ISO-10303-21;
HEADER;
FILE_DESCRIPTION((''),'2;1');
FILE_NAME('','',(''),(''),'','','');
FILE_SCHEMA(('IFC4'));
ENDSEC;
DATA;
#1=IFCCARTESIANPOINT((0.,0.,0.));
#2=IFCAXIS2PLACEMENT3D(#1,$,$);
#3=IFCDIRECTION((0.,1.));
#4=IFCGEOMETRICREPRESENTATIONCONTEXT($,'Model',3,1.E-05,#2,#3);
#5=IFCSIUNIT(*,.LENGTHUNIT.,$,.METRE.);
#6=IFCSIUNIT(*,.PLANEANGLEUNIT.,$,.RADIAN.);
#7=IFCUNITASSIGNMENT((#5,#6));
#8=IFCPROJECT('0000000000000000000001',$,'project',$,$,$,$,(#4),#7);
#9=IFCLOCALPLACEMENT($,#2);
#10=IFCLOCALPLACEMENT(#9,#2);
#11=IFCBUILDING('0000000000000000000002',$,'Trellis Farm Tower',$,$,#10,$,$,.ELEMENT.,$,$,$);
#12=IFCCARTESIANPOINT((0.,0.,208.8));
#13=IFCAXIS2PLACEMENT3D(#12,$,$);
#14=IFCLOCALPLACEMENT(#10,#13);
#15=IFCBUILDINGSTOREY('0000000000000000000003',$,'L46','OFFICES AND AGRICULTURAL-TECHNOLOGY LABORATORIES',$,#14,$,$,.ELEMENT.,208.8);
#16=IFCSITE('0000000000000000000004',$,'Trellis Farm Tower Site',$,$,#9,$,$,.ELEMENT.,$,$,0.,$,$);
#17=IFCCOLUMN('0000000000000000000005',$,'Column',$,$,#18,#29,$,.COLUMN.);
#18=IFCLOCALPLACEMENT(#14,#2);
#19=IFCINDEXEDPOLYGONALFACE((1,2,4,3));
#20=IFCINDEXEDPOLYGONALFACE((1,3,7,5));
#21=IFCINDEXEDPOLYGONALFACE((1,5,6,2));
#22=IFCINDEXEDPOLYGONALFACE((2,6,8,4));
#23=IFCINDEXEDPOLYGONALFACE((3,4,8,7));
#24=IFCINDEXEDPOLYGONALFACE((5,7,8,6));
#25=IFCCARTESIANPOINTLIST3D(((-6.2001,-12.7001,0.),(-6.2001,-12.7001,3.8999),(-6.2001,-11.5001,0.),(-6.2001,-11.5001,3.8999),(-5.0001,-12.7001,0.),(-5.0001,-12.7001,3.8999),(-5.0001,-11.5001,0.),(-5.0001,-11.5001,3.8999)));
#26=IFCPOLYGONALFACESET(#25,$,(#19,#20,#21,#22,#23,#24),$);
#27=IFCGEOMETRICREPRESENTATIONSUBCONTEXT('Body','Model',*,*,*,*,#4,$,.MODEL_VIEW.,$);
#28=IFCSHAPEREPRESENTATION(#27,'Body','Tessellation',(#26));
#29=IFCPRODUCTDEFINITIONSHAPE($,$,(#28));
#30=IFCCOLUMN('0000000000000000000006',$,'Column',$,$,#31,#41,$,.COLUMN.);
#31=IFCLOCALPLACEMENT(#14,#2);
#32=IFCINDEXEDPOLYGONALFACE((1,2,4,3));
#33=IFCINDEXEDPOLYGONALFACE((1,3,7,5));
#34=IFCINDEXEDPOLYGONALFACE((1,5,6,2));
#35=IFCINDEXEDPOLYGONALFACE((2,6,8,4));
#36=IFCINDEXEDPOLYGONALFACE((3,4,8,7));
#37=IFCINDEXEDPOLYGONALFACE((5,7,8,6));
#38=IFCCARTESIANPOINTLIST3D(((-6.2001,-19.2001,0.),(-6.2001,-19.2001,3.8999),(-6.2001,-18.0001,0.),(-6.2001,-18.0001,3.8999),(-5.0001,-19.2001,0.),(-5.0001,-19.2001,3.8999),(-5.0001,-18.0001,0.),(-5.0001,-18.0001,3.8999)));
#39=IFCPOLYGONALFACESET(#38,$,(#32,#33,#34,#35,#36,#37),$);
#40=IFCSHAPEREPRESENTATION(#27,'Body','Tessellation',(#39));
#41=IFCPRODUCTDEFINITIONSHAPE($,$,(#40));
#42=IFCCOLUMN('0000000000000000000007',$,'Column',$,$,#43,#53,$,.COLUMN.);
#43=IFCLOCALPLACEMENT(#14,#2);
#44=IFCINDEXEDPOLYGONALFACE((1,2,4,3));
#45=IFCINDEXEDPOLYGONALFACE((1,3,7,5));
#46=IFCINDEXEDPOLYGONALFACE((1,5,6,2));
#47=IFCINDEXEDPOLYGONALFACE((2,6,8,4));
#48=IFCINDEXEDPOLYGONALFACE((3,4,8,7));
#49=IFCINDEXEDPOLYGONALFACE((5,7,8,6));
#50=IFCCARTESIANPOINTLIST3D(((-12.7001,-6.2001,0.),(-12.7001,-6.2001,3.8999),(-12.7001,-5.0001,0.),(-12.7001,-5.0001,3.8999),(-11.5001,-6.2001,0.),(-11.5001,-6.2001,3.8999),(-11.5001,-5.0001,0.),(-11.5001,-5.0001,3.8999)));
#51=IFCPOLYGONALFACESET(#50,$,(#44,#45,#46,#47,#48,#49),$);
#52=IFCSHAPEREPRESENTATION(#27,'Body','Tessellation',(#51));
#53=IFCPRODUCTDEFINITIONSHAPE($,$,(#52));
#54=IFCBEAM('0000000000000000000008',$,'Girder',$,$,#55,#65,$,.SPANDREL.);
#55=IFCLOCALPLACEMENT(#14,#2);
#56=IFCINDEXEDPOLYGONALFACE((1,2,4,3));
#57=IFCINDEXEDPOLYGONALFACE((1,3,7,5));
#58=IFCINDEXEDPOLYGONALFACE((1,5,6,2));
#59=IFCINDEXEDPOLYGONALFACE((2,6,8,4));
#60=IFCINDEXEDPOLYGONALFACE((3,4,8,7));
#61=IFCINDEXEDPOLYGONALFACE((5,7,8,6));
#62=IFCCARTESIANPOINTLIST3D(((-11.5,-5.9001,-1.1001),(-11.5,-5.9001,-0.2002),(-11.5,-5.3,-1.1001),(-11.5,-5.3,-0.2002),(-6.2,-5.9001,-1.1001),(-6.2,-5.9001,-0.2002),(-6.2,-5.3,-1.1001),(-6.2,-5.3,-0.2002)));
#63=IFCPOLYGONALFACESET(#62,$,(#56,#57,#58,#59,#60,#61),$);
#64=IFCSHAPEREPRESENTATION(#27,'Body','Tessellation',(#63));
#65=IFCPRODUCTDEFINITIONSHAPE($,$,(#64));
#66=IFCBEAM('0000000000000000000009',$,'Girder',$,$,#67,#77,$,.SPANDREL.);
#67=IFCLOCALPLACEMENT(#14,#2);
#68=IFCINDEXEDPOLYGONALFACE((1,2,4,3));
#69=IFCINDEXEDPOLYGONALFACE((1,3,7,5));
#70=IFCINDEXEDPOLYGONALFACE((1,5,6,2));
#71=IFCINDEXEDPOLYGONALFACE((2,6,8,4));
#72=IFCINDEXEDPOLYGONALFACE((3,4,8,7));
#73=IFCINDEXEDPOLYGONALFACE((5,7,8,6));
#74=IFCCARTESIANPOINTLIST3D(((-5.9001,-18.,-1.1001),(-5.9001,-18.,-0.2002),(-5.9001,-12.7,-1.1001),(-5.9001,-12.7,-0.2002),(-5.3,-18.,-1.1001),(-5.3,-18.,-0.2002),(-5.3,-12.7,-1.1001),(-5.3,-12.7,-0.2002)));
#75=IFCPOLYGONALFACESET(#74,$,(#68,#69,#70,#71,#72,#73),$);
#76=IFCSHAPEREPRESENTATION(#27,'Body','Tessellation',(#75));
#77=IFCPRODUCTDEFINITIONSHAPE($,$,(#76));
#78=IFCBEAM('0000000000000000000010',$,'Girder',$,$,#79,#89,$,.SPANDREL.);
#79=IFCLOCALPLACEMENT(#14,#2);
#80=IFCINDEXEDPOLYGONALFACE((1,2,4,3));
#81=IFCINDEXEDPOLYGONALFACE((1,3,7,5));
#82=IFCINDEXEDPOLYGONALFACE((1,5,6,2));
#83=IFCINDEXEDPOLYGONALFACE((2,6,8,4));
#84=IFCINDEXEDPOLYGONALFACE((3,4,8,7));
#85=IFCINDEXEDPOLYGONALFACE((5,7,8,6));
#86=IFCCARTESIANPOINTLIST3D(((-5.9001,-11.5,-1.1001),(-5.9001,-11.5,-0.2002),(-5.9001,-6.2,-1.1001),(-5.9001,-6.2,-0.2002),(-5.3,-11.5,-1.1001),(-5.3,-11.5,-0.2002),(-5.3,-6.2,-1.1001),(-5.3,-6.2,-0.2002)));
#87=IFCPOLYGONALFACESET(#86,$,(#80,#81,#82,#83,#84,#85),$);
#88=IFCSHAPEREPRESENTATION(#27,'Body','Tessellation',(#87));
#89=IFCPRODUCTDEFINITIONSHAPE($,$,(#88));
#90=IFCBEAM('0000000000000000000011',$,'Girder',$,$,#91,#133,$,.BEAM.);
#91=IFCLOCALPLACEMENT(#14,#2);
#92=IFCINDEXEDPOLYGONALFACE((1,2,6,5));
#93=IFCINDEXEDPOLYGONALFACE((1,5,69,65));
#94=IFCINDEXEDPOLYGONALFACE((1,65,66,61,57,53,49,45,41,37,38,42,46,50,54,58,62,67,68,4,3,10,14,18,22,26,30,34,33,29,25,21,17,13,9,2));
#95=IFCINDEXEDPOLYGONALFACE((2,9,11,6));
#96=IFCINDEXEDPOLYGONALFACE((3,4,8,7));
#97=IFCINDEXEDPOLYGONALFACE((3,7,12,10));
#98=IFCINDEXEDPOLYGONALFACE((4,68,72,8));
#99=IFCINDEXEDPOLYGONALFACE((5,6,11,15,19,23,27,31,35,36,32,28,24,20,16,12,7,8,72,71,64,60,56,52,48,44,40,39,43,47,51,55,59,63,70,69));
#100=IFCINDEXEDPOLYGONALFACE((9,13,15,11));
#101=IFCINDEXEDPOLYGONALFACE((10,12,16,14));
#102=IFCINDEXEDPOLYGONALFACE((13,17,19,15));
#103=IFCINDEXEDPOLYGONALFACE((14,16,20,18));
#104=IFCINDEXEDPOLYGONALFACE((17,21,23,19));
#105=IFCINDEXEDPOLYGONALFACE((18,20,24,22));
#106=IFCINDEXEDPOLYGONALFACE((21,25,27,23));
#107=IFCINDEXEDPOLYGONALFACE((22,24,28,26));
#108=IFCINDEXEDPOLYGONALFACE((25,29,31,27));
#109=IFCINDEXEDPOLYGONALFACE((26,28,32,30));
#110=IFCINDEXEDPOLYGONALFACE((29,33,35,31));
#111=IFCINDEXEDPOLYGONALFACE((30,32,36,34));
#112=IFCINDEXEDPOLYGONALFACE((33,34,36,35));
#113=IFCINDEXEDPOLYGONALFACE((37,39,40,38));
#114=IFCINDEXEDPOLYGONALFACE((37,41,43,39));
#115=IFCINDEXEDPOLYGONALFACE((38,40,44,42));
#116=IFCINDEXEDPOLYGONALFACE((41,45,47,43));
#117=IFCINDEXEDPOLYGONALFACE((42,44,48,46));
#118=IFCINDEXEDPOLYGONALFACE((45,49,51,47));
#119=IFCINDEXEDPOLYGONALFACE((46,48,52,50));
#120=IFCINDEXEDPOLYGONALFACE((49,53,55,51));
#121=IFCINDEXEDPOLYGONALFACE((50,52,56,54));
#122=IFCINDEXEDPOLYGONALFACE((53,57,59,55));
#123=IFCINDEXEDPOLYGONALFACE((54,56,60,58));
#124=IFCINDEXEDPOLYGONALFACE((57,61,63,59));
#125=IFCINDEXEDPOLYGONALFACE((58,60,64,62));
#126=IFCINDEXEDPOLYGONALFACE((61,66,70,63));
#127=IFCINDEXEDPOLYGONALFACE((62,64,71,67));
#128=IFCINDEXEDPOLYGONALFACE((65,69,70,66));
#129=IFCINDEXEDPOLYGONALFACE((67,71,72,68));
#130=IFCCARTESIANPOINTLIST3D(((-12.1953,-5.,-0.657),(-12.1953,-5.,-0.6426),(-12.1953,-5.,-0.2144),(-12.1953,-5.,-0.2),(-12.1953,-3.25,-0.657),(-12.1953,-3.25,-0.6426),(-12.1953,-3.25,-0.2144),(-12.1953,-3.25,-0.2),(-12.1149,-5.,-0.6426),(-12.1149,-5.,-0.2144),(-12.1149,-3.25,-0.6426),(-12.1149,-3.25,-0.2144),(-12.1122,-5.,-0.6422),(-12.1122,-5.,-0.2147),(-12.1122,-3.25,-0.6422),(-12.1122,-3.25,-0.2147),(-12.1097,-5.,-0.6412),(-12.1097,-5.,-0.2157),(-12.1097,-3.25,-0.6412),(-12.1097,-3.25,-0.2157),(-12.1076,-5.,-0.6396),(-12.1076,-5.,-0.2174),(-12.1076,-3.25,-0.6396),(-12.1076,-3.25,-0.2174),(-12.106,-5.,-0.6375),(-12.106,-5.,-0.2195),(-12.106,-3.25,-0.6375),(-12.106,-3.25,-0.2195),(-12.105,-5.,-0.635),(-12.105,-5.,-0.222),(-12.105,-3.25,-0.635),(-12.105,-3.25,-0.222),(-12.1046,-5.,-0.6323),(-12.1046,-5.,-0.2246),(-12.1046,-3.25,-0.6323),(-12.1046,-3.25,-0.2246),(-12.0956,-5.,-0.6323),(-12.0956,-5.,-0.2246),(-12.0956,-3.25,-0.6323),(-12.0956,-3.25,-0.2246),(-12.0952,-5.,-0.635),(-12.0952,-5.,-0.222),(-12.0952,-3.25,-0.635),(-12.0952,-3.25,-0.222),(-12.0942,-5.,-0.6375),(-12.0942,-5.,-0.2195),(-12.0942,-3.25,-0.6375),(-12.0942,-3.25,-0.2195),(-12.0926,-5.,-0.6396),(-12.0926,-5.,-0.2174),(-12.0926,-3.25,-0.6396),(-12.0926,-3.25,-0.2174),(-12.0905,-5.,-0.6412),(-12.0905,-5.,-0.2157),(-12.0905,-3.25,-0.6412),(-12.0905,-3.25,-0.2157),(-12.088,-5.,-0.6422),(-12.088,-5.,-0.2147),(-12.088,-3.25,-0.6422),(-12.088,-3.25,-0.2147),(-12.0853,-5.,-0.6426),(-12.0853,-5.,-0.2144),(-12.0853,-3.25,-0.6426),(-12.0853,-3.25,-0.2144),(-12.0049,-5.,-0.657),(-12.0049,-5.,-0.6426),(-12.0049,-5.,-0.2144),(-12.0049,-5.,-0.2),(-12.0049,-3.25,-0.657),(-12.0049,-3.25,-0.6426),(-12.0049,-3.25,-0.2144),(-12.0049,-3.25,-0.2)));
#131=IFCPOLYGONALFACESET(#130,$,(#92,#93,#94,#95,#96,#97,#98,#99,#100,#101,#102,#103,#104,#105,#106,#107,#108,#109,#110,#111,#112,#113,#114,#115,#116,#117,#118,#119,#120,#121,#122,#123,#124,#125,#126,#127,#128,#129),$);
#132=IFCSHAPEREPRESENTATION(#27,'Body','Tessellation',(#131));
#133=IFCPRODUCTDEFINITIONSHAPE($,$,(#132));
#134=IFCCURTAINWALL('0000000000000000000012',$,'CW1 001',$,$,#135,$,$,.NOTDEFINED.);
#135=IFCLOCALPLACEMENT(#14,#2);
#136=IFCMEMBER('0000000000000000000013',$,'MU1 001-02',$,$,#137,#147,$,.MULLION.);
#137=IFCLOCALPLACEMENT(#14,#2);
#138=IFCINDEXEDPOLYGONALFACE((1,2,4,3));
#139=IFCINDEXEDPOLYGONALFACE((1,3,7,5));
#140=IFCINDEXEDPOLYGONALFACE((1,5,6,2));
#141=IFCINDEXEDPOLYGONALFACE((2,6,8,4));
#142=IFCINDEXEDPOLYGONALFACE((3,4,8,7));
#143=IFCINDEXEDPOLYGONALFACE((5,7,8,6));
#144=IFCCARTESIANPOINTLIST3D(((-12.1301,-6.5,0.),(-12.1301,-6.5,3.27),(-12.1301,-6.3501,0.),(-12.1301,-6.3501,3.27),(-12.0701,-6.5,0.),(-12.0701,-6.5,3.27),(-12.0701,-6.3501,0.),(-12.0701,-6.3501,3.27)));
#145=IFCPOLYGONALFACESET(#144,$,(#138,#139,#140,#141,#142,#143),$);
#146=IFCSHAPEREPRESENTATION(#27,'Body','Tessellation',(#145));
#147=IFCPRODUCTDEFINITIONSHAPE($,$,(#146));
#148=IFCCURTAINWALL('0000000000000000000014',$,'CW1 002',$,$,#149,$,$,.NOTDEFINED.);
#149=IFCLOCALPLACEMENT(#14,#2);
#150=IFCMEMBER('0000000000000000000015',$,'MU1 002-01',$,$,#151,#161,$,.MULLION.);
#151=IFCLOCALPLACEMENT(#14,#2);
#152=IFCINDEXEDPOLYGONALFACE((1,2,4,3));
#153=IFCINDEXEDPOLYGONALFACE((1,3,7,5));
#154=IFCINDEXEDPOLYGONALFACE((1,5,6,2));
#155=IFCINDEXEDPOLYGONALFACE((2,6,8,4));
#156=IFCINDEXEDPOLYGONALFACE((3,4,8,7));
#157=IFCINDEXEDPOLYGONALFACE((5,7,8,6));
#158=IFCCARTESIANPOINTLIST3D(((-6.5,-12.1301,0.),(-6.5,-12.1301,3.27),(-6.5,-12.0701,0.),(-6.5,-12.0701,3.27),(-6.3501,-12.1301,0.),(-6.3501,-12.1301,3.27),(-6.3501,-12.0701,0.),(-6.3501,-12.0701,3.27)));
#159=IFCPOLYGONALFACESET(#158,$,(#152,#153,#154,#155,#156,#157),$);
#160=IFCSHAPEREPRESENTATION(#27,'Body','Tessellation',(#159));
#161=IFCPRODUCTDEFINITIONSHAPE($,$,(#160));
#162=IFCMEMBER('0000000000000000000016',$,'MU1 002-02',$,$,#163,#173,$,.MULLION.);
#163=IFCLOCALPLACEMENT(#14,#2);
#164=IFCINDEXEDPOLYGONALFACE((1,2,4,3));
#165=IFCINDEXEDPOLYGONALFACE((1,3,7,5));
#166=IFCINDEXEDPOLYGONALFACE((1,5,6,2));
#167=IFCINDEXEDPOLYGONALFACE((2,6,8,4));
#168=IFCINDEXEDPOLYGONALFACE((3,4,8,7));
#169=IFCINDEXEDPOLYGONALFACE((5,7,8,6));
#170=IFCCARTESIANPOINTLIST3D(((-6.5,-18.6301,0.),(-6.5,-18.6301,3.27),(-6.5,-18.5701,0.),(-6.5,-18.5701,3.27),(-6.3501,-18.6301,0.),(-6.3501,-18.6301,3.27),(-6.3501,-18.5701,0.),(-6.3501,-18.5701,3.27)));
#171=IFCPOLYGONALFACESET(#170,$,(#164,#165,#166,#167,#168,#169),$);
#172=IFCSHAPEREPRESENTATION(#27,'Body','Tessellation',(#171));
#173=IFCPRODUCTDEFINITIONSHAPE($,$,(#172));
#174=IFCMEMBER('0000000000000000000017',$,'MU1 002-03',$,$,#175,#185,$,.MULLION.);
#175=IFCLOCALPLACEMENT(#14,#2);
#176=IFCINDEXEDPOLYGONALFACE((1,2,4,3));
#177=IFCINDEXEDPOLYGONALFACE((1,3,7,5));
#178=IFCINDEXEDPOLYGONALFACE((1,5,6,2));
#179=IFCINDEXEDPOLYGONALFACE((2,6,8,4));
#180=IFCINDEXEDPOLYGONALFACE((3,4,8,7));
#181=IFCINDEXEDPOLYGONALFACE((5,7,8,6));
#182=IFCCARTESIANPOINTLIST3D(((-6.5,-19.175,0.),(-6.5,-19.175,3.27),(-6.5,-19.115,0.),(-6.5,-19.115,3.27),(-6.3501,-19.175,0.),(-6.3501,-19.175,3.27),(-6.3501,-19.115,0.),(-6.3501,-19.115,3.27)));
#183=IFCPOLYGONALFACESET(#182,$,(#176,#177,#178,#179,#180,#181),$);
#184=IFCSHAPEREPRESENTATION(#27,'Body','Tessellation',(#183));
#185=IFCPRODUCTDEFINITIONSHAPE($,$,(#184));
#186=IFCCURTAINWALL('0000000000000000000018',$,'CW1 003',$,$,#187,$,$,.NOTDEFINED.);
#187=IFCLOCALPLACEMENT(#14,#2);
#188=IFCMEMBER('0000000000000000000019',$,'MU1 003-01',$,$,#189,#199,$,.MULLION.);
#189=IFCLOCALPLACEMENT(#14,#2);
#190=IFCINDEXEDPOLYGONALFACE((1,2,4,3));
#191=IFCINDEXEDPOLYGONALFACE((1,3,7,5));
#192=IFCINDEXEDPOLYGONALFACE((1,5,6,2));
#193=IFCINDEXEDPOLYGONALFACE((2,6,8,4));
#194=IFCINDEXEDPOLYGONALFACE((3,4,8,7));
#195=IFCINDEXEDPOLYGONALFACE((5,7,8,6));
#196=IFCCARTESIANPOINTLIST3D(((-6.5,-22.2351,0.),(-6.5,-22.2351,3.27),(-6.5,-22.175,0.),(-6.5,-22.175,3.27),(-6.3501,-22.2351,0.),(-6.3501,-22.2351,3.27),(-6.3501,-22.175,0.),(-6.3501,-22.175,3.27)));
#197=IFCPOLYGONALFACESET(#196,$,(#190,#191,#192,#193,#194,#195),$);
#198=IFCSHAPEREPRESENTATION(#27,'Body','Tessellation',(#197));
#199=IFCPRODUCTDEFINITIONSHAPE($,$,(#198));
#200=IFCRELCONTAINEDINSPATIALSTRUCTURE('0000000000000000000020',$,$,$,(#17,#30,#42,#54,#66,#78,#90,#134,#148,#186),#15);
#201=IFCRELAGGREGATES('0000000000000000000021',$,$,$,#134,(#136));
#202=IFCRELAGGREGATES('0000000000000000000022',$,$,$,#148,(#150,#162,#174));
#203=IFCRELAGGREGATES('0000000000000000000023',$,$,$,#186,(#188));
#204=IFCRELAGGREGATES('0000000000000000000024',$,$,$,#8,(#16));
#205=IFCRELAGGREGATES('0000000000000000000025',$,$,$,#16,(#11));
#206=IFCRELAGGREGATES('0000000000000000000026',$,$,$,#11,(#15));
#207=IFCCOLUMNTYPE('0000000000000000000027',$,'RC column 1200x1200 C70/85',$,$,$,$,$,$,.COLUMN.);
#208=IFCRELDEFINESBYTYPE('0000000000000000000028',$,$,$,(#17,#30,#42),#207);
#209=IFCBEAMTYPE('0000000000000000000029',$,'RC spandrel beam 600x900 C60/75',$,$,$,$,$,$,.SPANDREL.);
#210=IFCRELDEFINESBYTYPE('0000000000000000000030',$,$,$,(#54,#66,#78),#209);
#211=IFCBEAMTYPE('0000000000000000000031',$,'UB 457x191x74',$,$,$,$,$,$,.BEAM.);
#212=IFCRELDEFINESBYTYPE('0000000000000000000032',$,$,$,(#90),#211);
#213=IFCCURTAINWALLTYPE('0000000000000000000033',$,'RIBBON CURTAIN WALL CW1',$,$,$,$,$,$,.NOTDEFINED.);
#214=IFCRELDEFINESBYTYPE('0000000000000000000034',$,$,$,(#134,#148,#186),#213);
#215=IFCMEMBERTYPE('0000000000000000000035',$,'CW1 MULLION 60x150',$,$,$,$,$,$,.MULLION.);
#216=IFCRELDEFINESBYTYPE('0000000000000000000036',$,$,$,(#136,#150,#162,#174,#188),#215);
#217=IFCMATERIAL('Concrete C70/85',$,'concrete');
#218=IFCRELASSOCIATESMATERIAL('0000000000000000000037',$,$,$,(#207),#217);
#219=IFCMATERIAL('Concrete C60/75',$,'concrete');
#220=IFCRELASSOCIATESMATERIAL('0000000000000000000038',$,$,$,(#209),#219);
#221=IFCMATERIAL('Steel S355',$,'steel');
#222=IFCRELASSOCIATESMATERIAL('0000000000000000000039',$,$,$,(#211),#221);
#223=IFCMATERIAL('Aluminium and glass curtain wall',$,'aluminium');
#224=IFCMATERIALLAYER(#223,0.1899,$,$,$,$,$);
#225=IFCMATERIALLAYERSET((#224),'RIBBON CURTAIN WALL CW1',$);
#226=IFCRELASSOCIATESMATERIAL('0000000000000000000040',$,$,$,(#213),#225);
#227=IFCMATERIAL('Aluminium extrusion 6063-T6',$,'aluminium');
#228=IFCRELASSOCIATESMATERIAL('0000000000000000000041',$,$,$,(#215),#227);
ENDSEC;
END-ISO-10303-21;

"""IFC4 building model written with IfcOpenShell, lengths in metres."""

from ifc_helpers import new_model, si_unit, direction, frame, origin, origin_2d, place, context, subcontext, project, spatial, rectangle, i_section, extrude, source, transform, mapped, material, layer, layer_set, material_profile, profile_set, type_object, element, aggregate, save


model = new_model("IFC4")

# Units and contexts
model_context = context("Model", 3, precision=1e-05, world=origin(), true_north=direction((0.0, 1.0)))
body_context = subcontext(model_context, "Body", "Model", "MODEL_VIEW")
ifc_project = project(units=[si_unit("LENGTHUNIT", "METRE"), si_unit("PLANEANGLEUNIT", "RADIAN")], contexts=[model_context])

# Site, building, storey
site_placement = place(None, origin())
site = spatial("IfcSite", under=ifc_project, at=site_placement, Name="Trellis Farm Tower Site", CompositionType="ELEMENT", RefElevation=0.0)
building_placement = place(site_placement, origin())
building = spatial("IfcBuilding", under=site, at=building_placement, Name="Trellis Farm Tower", CompositionType="ELEMENT")
storey_placement = place(building_placement, frame((0.0, 0.0, 208.8)))
storey = spatial("IfcBuildingStorey", under=building, at=storey_placement, Name="L46", Description="OFFICES AND AGRICULTURAL-TECHNOLOGY LABORATORIES", CompositionType="ELEMENT", Elevation=208.8)

# Columns
ifc_material_1 = material(Name="Concrete C70/85", Category="concrete")
ifc_material_profile_1 = material_profile(ifc_material_1, rectangle(XDim=1.2, YDim=1.2, at=origin_2d()), Name="RC column 1200x1200 C70/85")
ifc_profile_set_1 = profile_set([ifc_material_profile_1], Name="Concrete C70/85")
column_type = type_object("IfcColumnType", Name="RC column 1200x1200 C70/85", PredefinedType="COLUMN", material=ifc_profile_set_1)
shared_shape_1 = source(origin(), body_context, "Body", "SweptSolid", [
    extrude(rectangle(XDim=1.2, YDim=1.2, at=origin_2d()), origin(), (0.0, 0.0, 1.0), 3.8999),
])
for number, where, z_axis, x_axis, name in (
    (1, (-5.6001, -12.1001, 0.0), (0.0, 0.0, 1.0), (1.0, 0.0, 0.0), "Column"),
    (2, (-5.6001, -18.6001, 0.0), (0.0, 0.0, 1.0), (1.0, 0.0, 0.0), "Column"),
    (3, (-12.1001, -5.6001, 0.0), (0.0, 0.0, 1.0), (1.0, 0.0, 0.0), "Column"),
):
    element("IfcColumn", number, at=place(storey_placement, frame(where, z_axis=z_axis, x_axis=x_axis)), inside=storey, type_object=column_type, Name=name, PredefinedType="COLUMN", context=body_context, shape_type="MappedRepresentation", body=[
        mapped(shared_shape_1, transform((0.0, 0.0, 0.0))),
    ])

# Beams
ifc_material_2 = material(Name="Concrete C60/75", Category="concrete")
ifc_material_profile_2 = material_profile(ifc_material_2, rectangle(XDim=0.6001, YDim=0.8999, at=origin_2d()), Name="RC spandrel beam 600x900 C60/75")
ifc_profile_set_2 = profile_set([ifc_material_profile_2], Name="Concrete C60/75")
beam_type_1 = type_object("IfcBeamType", Name="RC spandrel beam 600x900 C60/75", PredefinedType="SPANDREL", material=ifc_profile_set_2)
shared_shape_2 = source(origin(), body_context, "Body", "SweptSolid", [
    extrude(rectangle(XDim=0.6001, YDim=0.8999, at=origin_2d()), origin(), (0.0, 0.0, 1.0), 5.3),
])
for number, where, z_axis, x_axis, name in (
    (4, (-11.5, -5.6001, -0.6501), (1.0, 0.0, 0.0), (0.0, 1.0, 0.0), "Girder"),
    (5, (-5.6001, -18.0, -0.6501), (0.0, 1.0, 0.0), (-1.0, 0.0, 0.0), "Girder"),
    (6, (-5.6001, -11.5, -0.6501), (0.0, 1.0, 0.0), (-1.0, 0.0, 0.0), "Girder"),
):
    element("IfcBeam", number, at=place(storey_placement, frame(where, z_axis=z_axis, x_axis=x_axis)), inside=storey, type_object=beam_type_1, Name=name, PredefinedType="SPANDREL", context=body_context, shape_type="MappedRepresentation", body=[
        mapped(shared_shape_2, transform((0.0, 0.0, 0.0))),
    ])
ifc_material_3 = material(Name="Steel S355", Category="steel")
ifc_material_profile_3 = material_profile(ifc_material_3, i_section(OverallWidth=0.1904, OverallDepth=0.457, WebThickness=0.009, FlangeThickness=0.0144, FilletRadius=0.0103, at=origin_2d()), Name="UB 457x191x74")
ifc_profile_set_3 = profile_set([ifc_material_profile_3], Name="Steel S355")
beam_type_2 = type_object("IfcBeamType", Name="UB 457x191x74", PredefinedType="BEAM", material=ifc_profile_set_3)
shared_shape_3 = source(origin(), body_context, "Body", "SweptSolid", [
    extrude(i_section(OverallWidth=0.1904, OverallDepth=0.457, WebThickness=0.009, FlangeThickness=0.0144, FilletRadius=0.0103, at=origin_2d()), origin(), (0.0, 0.0, 1.0), 1.75),
])
beam_placement = place(storey_placement, frame((-12.1001, -5.0, -0.4285), z_axis=(0.0, 1.0, 0.0), x_axis=(-1.0, 0.0, 0.0)))
element("IfcBeam", 7, at=beam_placement, inside=storey, type_object=beam_type_2, Name="Girder", PredefinedType="BEAM", context=body_context, shape_type="MappedRepresentation", body=[
    mapped(shared_shape_3, transform((0.0, 0.0, 0.0))),
])

# Curtain wall, member
ifc_material_4 = material(Name="Aluminium and glass curtain wall", Category="aluminium")
ifc_layer_1 = layer(ifc_material_4, 0.1899)
ifc_layer_set_1 = layer_set([ifc_layer_1], Name="RIBBON CURTAIN WALL CW1")
curtain_wall_type_1 = type_object("IfcCurtainWallType", Name="RIBBON CURTAIN WALL CW1", PredefinedType="NOTDEFINED", material=ifc_layer_set_1)
placement = place(storey_placement, origin())
curtain_wall_1 = element("IfcCurtainWall", 8, at=placement, inside=storey, type_object=curtain_wall_type_1, Name="CW1 001", PredefinedType="NOTDEFINED")
ifc_material_5 = material(Name="Aluminium extrusion 6063-T6", Category="aluminium")
ifc_material_profile_4 = material_profile(ifc_material_5, rectangle(XDim=0.0601, YDim=0.1499, at=origin_2d()), Name="MULLION 60x150")
ifc_profile_set_4 = profile_set([ifc_material_profile_4], Name="Aluminium extrusion 6063-T6")
member_type_1 = type_object("IfcMemberType", Name="CW1 MULLION 60x150", PredefinedType="MULLION", material=ifc_profile_set_4)
shared_shape_4 = source(origin(), body_context, "Body", "SweptSolid", [
    extrude(rectangle(XDim=0.0601, YDim=0.1499, at=origin_2d()), origin(), (0.0, 0.0, 1.0), 3.27),
])
member_1_placement = place(storey_placement, frame((-12.1001, -6.425, 0.0), z_axis=(0.0, 0.0, 1.0), x_axis=(1.0, 0.0, 0.0)))
member_1 = element("IfcMember", 9, at=member_1_placement, type_object=member_type_1, Name="MU1 001-02", PredefinedType="MULLION", context=body_context, shape_type="MappedRepresentation", body=[
    mapped(shared_shape_4, transform((0.0, 0.0, 0.0))),
])
aggregate(curtain_wall_1, [member_1])

# Curtain wall, members
curtain_wall_2 = element("IfcCurtainWall", 10, at=placement, inside=storey, type_object=curtain_wall_type_1, Name="CW1 002", PredefinedType="NOTDEFINED")
member_2_placement = place(storey_placement, frame((-6.425, -12.1001, 0.0), z_axis=(0.0, 0.0, 1.0), x_axis=(0.0, -1.0, 0.0)))
member_2 = element("IfcMember", 11, at=member_2_placement, type_object=member_type_1, Name="MU1 002-01", PredefinedType="MULLION", context=body_context, shape_type="MappedRepresentation", body=[
    mapped(shared_shape_4, transform((0.0, 0.0, 0.0))),
])
member_3_placement = place(storey_placement, frame((-6.425, -18.6001, 0.0), z_axis=(0.0, 0.0, 1.0), x_axis=(0.0, -1.0, 0.0)))
member_3 = element("IfcMember", 12, at=member_3_placement, type_object=member_type_1, Name="MU1 002-02", PredefinedType="MULLION", context=body_context, shape_type="MappedRepresentation", body=[
    mapped(shared_shape_4, transform((0.0, 0.0, 0.0))),
])
member_4_placement = place(storey_placement, frame((-6.425, -19.145, 0.0), z_axis=(0.0, 0.0, 1.0), x_axis=(0.0, -1.0, 0.0)))
member_4 = element("IfcMember", 13, at=member_4_placement, type_object=member_type_1, Name="MU1 002-03", PredefinedType="MULLION", context=body_context, shape_type="MappedRepresentation", body=[
    mapped(shared_shape_4, transform((0.0, 0.0, 0.0))),
])
aggregate(curtain_wall_2, [member_2, member_3, member_4])

# Curtain wall, member
curtain_wall_3 = element("IfcCurtainWall", 14, at=placement, inside=storey, type_object=curtain_wall_type_1, Name="CW1 003", PredefinedType="NOTDEFINED")
member_5_placement = place(storey_placement, frame((-6.425, -22.2051, 0.0), z_axis=(0.0, 0.0, 1.0), x_axis=(0.0, -1.0, 0.0)))
member_5 = element("IfcMember", 15, at=member_5_placement, type_object=member_type_1, Name="MU1 003-01", PredefinedType="MULLION", context=body_context, shape_type="MappedRepresentation", body=[
    mapped(shared_shape_4, transform((0.0, 0.0, 0.0))),
])
aggregate(curtain_wall_3, [member_5])

save(model, "model.ifc")
